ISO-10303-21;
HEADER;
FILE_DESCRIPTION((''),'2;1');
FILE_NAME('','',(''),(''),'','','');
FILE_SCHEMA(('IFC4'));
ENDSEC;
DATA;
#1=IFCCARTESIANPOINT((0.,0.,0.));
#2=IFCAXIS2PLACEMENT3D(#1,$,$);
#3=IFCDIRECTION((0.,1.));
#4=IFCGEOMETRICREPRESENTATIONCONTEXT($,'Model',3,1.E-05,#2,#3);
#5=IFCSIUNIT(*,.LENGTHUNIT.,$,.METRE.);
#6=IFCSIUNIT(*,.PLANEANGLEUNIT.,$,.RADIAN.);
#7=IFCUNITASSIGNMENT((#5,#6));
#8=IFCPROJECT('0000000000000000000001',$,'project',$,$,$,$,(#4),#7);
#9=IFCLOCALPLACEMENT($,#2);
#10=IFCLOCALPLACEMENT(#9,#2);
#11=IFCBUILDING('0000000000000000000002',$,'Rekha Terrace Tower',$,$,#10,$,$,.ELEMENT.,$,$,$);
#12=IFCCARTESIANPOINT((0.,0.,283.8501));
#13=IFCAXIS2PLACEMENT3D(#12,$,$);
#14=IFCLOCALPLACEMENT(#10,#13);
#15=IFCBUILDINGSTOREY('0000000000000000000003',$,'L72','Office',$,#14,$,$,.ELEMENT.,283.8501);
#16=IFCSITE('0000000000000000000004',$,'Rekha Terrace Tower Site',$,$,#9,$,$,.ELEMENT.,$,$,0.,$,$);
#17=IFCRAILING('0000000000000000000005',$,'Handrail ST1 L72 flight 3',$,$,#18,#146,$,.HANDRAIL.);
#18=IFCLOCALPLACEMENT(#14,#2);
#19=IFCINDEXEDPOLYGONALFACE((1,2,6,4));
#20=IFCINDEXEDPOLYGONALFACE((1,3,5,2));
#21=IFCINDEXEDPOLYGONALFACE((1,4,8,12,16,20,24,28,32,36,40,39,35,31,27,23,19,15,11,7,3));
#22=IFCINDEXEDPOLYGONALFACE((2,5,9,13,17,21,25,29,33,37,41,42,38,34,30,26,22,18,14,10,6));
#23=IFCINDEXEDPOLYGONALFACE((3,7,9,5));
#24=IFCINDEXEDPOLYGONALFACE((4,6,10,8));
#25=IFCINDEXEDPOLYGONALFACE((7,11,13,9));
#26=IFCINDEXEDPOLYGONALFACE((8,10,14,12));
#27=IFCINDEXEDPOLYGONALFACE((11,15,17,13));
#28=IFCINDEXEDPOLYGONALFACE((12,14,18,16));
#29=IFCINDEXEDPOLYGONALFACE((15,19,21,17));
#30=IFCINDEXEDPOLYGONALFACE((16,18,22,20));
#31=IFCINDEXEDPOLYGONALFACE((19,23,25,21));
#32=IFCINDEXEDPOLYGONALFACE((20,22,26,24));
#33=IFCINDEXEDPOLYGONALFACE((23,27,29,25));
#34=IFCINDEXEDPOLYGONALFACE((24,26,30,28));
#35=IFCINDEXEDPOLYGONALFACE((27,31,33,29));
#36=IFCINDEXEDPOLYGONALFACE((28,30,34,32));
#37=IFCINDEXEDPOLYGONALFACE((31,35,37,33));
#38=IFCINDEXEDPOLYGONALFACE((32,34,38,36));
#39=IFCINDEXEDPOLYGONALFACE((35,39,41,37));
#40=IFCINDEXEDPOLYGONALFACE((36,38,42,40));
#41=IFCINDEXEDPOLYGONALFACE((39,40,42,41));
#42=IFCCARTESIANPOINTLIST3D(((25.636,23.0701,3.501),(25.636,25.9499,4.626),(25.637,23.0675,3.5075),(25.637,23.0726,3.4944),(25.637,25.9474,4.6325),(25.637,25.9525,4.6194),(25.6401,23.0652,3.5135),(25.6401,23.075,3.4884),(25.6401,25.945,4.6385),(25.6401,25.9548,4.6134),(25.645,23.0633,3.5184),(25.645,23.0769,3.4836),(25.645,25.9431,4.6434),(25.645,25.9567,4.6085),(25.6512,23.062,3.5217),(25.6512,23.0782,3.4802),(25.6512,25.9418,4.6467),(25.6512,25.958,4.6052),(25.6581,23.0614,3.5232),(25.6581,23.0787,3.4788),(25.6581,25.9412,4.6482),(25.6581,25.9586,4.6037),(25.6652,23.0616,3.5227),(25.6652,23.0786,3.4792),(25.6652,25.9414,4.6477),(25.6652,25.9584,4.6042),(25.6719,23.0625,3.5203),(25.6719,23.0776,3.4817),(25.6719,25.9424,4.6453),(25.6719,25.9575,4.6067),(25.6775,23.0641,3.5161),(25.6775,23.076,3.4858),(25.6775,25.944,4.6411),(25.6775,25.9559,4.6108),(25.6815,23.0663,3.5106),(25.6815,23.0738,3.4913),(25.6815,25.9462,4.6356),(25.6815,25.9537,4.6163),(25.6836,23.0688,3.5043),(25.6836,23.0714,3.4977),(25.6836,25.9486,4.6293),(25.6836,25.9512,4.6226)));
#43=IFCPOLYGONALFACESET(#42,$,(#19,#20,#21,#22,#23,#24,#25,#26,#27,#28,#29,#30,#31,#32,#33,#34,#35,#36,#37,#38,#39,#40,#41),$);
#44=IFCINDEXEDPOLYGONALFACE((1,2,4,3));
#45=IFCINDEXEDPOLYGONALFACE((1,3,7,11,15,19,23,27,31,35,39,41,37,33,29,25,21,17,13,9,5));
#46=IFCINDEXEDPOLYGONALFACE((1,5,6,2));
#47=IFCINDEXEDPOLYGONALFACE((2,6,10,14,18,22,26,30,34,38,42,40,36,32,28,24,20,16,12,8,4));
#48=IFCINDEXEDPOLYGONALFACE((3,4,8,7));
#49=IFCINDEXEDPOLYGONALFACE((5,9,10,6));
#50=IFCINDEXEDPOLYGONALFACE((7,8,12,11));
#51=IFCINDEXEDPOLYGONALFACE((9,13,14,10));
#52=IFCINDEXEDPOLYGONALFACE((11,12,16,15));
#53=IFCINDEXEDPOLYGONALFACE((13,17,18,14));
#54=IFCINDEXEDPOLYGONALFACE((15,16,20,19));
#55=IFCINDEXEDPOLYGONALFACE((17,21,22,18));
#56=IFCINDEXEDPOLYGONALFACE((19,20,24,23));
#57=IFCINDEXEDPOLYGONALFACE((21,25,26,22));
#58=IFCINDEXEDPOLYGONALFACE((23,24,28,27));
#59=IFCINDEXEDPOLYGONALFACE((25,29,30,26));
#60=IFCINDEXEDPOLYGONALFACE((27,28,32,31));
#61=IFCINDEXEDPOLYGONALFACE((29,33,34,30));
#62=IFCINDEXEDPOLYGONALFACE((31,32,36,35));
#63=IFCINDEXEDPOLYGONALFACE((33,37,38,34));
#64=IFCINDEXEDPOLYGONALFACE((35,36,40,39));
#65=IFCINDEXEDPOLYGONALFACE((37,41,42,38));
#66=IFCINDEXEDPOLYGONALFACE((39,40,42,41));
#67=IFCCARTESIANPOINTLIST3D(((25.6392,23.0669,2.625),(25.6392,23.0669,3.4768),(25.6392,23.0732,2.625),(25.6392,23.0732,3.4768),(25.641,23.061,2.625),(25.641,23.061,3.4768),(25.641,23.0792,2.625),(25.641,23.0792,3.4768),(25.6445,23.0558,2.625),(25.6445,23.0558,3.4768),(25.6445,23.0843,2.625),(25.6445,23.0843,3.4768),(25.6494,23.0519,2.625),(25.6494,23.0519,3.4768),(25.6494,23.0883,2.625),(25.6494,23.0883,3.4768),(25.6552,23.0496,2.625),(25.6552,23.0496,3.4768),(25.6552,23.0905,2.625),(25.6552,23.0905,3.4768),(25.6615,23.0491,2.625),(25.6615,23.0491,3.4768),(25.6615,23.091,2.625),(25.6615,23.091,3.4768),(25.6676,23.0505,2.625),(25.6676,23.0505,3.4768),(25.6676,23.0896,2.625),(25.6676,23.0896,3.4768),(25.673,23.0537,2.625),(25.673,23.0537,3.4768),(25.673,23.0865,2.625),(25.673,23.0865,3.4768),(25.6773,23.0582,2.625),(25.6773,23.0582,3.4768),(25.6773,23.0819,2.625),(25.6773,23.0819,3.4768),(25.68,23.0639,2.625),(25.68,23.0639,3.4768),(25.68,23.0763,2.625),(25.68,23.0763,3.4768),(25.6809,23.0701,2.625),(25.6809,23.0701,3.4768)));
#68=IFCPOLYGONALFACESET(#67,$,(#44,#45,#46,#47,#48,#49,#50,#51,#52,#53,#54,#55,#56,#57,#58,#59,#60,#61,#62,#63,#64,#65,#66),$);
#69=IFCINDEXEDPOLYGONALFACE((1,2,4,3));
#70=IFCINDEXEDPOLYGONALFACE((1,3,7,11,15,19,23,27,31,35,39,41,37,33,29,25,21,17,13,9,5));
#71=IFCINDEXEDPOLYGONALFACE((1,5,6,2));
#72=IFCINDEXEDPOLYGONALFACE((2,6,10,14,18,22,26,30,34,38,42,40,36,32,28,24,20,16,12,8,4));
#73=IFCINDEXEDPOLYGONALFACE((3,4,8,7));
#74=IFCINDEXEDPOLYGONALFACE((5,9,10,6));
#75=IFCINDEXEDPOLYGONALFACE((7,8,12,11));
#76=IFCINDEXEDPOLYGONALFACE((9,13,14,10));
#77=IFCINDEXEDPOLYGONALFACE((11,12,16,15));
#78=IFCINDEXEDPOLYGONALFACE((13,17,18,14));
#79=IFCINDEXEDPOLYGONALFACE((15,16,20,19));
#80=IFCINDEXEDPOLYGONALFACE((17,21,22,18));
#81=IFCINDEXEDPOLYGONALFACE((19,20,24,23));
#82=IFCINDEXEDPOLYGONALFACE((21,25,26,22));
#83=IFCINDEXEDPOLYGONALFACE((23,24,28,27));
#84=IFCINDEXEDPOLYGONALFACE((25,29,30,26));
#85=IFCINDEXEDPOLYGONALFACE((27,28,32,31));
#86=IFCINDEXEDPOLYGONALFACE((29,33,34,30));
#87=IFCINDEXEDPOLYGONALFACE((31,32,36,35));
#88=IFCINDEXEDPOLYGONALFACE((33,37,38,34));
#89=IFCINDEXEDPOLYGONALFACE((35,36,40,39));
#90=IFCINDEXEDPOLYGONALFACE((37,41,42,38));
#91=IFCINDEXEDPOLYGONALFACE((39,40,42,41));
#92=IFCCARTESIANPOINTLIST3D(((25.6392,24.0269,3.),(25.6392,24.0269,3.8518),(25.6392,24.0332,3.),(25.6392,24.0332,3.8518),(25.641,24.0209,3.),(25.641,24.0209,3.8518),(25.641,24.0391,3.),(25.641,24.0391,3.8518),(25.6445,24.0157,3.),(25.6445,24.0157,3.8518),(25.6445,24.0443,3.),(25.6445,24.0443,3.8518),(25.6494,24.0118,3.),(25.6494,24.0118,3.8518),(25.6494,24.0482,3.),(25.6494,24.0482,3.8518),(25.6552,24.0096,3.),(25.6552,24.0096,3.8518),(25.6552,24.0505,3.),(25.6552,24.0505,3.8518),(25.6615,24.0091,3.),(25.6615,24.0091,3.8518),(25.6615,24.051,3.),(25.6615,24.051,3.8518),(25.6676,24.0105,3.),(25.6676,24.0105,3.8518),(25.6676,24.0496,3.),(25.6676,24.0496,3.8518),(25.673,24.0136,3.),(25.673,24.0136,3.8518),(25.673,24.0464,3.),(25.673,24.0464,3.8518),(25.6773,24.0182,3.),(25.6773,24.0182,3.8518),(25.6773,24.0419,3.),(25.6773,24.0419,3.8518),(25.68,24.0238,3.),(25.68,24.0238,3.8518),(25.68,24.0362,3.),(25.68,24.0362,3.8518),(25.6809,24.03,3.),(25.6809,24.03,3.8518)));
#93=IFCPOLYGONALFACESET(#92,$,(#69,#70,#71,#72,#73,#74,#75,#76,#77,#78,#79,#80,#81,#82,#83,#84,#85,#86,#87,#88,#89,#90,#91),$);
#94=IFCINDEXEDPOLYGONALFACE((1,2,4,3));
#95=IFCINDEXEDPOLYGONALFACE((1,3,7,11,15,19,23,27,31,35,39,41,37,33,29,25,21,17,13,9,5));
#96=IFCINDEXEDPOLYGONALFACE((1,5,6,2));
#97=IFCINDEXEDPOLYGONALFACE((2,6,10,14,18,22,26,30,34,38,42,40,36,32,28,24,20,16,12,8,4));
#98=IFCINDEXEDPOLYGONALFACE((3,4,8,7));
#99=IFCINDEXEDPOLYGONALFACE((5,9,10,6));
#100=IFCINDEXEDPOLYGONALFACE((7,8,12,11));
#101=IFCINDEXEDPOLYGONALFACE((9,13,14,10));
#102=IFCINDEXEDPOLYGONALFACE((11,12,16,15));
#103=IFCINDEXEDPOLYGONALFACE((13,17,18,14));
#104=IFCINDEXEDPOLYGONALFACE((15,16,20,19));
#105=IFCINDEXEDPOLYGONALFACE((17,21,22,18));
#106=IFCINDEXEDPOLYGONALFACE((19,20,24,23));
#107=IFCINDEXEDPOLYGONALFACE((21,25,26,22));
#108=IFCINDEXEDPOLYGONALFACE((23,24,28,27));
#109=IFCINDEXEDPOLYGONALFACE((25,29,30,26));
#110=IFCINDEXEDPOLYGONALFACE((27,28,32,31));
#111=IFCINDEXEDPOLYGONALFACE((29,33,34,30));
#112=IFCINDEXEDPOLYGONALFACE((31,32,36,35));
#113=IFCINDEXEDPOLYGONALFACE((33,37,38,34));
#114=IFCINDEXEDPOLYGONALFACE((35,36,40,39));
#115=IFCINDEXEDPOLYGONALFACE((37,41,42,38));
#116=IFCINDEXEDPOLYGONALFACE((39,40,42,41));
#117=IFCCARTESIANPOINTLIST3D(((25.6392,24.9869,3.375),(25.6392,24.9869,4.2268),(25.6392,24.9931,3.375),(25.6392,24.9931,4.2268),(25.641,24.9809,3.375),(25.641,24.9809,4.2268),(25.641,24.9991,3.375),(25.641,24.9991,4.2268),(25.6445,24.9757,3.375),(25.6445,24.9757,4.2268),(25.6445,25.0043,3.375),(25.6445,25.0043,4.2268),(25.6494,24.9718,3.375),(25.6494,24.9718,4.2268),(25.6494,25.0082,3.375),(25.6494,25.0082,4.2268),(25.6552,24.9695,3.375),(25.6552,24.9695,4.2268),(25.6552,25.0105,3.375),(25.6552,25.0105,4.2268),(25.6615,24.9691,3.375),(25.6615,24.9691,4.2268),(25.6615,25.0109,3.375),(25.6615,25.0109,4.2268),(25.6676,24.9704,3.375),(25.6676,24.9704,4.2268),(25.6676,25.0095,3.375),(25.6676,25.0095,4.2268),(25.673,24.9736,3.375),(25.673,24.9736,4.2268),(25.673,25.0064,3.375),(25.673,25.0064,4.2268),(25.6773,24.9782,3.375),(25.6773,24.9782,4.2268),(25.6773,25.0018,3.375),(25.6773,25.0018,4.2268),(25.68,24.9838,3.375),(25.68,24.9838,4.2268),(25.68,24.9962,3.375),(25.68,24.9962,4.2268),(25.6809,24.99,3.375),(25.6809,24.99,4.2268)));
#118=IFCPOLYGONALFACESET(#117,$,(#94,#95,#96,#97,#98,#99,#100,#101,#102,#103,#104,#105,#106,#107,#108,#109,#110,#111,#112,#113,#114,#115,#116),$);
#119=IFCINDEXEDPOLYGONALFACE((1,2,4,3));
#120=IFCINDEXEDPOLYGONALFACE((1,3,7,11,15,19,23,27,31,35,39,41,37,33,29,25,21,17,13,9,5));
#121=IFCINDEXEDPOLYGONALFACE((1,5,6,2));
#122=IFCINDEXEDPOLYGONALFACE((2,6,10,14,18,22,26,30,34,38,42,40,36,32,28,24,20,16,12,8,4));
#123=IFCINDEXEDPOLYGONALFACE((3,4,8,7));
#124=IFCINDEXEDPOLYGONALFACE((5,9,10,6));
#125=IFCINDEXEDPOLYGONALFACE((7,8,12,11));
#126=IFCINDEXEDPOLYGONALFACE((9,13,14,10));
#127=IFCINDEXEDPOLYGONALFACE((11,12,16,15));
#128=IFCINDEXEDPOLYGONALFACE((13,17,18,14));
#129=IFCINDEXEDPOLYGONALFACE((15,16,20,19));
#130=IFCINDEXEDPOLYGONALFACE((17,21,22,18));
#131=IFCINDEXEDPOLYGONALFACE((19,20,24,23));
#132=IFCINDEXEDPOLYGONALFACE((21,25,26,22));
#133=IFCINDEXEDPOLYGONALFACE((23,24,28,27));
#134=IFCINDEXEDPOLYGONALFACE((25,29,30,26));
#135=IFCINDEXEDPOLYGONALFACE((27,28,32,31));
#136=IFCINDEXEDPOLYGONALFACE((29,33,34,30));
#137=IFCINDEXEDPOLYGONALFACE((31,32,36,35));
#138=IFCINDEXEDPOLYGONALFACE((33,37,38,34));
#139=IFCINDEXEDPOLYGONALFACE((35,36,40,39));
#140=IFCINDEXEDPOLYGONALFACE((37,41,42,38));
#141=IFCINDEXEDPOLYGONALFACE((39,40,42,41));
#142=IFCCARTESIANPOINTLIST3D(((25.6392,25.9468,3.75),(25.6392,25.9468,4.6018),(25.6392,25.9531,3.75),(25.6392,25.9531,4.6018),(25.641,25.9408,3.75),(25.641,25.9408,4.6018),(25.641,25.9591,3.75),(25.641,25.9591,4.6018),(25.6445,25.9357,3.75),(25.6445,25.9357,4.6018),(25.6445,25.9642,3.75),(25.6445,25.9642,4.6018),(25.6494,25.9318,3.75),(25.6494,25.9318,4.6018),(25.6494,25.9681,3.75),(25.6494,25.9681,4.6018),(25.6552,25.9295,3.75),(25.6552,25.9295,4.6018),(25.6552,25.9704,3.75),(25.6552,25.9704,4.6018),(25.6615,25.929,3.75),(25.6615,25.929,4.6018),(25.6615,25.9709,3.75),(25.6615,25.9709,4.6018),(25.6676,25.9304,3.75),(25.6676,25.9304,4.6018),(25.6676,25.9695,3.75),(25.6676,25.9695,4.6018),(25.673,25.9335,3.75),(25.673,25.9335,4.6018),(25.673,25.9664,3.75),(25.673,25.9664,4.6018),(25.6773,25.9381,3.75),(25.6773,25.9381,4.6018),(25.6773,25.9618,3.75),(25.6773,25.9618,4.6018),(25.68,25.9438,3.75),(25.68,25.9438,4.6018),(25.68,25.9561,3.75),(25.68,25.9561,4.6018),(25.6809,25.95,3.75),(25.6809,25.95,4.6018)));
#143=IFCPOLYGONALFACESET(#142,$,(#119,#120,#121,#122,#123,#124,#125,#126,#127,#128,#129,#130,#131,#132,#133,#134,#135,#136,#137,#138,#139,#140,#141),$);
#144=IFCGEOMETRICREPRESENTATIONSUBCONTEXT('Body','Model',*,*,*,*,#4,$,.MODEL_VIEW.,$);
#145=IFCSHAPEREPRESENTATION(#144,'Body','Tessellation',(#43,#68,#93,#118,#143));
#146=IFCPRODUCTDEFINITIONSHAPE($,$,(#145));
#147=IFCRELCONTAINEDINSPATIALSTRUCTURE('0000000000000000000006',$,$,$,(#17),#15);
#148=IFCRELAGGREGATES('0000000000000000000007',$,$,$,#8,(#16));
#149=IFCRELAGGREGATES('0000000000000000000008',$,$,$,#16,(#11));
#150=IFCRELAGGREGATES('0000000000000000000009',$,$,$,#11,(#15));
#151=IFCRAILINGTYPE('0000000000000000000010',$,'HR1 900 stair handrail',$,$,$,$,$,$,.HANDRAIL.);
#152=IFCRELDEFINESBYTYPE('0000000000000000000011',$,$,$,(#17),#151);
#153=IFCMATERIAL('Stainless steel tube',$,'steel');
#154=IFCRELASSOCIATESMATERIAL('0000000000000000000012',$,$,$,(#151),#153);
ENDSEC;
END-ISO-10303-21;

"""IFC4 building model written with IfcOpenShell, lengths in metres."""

from ifc_helpers import new_model, si_unit, direction, frame, origin, origin_2d, place, context, subcontext, project, spatial, circle, extrude, material, type_object, element, save


model = new_model("IFC4")

# Units and contexts
model_context = context("Model", 3, precision=1e-05, world=origin(), true_north=direction((0.0, 1.0)))
body_context = subcontext(model_context, "Body", "Model", "MODEL_VIEW")
ifc_project = project(units=[si_unit("LENGTHUNIT", "METRE"), si_unit("PLANEANGLEUNIT", "RADIAN")], contexts=[model_context])

# Site, building, storey
site_placement = place(None, origin())
site = spatial("IfcSite", under=ifc_project, at=site_placement, Name="Rekha Terrace Tower Site", CompositionType="ELEMENT", RefElevation=0.0)
building_placement = place(site_placement, origin())
building = spatial("IfcBuilding", under=site, at=building_placement, Name="Rekha Terrace Tower", CompositionType="ELEMENT")
storey_placement = place(building_placement, frame((0.0, 0.0, 283.8501)))
storey = spatial("IfcBuildingStorey", under=building, at=storey_placement, Name="L72", Description="Office", CompositionType="ELEMENT", Elevation=283.8501)

# Railing
ifc_material_1 = material(Name="Stainless steel tube", Category="steel")
railing_type_1 = type_object("IfcRailingType", Name="HR1 900 stair handrail", PredefinedType="HANDRAIL", material=ifc_material_1)
railing_1_placement = place(storey_placement, frame((25.6599, 23.0701, 2.625)))
element("IfcRailing", 1, at=railing_1_placement, inside=storey, type_object=railing_type_1, Name="Handrail ST1 L72 flight 3", PredefinedType="HANDRAIL", context=body_context, shape_type="SweptSolid", body=[
    extrude(circle(Radius=0.0239, at=origin_2d()), frame((0.0, 0.0, 0.876), z_axis=(0.0, 0.931452, 0.363863), x_axis=(-1.0, 0.0, 0.0)), (0.0, 0.0, 1.0), 3.0918),
    extrude(circle(Radius=0.021, at=origin_2d()), origin(), (0.0, 0.0, 1.0), 0.8518),
    extrude(circle(Radius=0.021, at=origin_2d()), frame((0.0, 0.96, 0.375)), (0.0, 0.0, 1.0), 0.8518),
    extrude(circle(Radius=0.021, at=origin_2d()), frame((0.0, 1.9199, 0.75)), (0.0, 0.0, 1.0), 0.8518),
    extrude(circle(Radius=0.021, at=origin_2d()), frame((0.0, 2.8799, 1.125)), (0.0, 0.0, 1.0), 0.8518),
])

save(model, "model.ifc")
